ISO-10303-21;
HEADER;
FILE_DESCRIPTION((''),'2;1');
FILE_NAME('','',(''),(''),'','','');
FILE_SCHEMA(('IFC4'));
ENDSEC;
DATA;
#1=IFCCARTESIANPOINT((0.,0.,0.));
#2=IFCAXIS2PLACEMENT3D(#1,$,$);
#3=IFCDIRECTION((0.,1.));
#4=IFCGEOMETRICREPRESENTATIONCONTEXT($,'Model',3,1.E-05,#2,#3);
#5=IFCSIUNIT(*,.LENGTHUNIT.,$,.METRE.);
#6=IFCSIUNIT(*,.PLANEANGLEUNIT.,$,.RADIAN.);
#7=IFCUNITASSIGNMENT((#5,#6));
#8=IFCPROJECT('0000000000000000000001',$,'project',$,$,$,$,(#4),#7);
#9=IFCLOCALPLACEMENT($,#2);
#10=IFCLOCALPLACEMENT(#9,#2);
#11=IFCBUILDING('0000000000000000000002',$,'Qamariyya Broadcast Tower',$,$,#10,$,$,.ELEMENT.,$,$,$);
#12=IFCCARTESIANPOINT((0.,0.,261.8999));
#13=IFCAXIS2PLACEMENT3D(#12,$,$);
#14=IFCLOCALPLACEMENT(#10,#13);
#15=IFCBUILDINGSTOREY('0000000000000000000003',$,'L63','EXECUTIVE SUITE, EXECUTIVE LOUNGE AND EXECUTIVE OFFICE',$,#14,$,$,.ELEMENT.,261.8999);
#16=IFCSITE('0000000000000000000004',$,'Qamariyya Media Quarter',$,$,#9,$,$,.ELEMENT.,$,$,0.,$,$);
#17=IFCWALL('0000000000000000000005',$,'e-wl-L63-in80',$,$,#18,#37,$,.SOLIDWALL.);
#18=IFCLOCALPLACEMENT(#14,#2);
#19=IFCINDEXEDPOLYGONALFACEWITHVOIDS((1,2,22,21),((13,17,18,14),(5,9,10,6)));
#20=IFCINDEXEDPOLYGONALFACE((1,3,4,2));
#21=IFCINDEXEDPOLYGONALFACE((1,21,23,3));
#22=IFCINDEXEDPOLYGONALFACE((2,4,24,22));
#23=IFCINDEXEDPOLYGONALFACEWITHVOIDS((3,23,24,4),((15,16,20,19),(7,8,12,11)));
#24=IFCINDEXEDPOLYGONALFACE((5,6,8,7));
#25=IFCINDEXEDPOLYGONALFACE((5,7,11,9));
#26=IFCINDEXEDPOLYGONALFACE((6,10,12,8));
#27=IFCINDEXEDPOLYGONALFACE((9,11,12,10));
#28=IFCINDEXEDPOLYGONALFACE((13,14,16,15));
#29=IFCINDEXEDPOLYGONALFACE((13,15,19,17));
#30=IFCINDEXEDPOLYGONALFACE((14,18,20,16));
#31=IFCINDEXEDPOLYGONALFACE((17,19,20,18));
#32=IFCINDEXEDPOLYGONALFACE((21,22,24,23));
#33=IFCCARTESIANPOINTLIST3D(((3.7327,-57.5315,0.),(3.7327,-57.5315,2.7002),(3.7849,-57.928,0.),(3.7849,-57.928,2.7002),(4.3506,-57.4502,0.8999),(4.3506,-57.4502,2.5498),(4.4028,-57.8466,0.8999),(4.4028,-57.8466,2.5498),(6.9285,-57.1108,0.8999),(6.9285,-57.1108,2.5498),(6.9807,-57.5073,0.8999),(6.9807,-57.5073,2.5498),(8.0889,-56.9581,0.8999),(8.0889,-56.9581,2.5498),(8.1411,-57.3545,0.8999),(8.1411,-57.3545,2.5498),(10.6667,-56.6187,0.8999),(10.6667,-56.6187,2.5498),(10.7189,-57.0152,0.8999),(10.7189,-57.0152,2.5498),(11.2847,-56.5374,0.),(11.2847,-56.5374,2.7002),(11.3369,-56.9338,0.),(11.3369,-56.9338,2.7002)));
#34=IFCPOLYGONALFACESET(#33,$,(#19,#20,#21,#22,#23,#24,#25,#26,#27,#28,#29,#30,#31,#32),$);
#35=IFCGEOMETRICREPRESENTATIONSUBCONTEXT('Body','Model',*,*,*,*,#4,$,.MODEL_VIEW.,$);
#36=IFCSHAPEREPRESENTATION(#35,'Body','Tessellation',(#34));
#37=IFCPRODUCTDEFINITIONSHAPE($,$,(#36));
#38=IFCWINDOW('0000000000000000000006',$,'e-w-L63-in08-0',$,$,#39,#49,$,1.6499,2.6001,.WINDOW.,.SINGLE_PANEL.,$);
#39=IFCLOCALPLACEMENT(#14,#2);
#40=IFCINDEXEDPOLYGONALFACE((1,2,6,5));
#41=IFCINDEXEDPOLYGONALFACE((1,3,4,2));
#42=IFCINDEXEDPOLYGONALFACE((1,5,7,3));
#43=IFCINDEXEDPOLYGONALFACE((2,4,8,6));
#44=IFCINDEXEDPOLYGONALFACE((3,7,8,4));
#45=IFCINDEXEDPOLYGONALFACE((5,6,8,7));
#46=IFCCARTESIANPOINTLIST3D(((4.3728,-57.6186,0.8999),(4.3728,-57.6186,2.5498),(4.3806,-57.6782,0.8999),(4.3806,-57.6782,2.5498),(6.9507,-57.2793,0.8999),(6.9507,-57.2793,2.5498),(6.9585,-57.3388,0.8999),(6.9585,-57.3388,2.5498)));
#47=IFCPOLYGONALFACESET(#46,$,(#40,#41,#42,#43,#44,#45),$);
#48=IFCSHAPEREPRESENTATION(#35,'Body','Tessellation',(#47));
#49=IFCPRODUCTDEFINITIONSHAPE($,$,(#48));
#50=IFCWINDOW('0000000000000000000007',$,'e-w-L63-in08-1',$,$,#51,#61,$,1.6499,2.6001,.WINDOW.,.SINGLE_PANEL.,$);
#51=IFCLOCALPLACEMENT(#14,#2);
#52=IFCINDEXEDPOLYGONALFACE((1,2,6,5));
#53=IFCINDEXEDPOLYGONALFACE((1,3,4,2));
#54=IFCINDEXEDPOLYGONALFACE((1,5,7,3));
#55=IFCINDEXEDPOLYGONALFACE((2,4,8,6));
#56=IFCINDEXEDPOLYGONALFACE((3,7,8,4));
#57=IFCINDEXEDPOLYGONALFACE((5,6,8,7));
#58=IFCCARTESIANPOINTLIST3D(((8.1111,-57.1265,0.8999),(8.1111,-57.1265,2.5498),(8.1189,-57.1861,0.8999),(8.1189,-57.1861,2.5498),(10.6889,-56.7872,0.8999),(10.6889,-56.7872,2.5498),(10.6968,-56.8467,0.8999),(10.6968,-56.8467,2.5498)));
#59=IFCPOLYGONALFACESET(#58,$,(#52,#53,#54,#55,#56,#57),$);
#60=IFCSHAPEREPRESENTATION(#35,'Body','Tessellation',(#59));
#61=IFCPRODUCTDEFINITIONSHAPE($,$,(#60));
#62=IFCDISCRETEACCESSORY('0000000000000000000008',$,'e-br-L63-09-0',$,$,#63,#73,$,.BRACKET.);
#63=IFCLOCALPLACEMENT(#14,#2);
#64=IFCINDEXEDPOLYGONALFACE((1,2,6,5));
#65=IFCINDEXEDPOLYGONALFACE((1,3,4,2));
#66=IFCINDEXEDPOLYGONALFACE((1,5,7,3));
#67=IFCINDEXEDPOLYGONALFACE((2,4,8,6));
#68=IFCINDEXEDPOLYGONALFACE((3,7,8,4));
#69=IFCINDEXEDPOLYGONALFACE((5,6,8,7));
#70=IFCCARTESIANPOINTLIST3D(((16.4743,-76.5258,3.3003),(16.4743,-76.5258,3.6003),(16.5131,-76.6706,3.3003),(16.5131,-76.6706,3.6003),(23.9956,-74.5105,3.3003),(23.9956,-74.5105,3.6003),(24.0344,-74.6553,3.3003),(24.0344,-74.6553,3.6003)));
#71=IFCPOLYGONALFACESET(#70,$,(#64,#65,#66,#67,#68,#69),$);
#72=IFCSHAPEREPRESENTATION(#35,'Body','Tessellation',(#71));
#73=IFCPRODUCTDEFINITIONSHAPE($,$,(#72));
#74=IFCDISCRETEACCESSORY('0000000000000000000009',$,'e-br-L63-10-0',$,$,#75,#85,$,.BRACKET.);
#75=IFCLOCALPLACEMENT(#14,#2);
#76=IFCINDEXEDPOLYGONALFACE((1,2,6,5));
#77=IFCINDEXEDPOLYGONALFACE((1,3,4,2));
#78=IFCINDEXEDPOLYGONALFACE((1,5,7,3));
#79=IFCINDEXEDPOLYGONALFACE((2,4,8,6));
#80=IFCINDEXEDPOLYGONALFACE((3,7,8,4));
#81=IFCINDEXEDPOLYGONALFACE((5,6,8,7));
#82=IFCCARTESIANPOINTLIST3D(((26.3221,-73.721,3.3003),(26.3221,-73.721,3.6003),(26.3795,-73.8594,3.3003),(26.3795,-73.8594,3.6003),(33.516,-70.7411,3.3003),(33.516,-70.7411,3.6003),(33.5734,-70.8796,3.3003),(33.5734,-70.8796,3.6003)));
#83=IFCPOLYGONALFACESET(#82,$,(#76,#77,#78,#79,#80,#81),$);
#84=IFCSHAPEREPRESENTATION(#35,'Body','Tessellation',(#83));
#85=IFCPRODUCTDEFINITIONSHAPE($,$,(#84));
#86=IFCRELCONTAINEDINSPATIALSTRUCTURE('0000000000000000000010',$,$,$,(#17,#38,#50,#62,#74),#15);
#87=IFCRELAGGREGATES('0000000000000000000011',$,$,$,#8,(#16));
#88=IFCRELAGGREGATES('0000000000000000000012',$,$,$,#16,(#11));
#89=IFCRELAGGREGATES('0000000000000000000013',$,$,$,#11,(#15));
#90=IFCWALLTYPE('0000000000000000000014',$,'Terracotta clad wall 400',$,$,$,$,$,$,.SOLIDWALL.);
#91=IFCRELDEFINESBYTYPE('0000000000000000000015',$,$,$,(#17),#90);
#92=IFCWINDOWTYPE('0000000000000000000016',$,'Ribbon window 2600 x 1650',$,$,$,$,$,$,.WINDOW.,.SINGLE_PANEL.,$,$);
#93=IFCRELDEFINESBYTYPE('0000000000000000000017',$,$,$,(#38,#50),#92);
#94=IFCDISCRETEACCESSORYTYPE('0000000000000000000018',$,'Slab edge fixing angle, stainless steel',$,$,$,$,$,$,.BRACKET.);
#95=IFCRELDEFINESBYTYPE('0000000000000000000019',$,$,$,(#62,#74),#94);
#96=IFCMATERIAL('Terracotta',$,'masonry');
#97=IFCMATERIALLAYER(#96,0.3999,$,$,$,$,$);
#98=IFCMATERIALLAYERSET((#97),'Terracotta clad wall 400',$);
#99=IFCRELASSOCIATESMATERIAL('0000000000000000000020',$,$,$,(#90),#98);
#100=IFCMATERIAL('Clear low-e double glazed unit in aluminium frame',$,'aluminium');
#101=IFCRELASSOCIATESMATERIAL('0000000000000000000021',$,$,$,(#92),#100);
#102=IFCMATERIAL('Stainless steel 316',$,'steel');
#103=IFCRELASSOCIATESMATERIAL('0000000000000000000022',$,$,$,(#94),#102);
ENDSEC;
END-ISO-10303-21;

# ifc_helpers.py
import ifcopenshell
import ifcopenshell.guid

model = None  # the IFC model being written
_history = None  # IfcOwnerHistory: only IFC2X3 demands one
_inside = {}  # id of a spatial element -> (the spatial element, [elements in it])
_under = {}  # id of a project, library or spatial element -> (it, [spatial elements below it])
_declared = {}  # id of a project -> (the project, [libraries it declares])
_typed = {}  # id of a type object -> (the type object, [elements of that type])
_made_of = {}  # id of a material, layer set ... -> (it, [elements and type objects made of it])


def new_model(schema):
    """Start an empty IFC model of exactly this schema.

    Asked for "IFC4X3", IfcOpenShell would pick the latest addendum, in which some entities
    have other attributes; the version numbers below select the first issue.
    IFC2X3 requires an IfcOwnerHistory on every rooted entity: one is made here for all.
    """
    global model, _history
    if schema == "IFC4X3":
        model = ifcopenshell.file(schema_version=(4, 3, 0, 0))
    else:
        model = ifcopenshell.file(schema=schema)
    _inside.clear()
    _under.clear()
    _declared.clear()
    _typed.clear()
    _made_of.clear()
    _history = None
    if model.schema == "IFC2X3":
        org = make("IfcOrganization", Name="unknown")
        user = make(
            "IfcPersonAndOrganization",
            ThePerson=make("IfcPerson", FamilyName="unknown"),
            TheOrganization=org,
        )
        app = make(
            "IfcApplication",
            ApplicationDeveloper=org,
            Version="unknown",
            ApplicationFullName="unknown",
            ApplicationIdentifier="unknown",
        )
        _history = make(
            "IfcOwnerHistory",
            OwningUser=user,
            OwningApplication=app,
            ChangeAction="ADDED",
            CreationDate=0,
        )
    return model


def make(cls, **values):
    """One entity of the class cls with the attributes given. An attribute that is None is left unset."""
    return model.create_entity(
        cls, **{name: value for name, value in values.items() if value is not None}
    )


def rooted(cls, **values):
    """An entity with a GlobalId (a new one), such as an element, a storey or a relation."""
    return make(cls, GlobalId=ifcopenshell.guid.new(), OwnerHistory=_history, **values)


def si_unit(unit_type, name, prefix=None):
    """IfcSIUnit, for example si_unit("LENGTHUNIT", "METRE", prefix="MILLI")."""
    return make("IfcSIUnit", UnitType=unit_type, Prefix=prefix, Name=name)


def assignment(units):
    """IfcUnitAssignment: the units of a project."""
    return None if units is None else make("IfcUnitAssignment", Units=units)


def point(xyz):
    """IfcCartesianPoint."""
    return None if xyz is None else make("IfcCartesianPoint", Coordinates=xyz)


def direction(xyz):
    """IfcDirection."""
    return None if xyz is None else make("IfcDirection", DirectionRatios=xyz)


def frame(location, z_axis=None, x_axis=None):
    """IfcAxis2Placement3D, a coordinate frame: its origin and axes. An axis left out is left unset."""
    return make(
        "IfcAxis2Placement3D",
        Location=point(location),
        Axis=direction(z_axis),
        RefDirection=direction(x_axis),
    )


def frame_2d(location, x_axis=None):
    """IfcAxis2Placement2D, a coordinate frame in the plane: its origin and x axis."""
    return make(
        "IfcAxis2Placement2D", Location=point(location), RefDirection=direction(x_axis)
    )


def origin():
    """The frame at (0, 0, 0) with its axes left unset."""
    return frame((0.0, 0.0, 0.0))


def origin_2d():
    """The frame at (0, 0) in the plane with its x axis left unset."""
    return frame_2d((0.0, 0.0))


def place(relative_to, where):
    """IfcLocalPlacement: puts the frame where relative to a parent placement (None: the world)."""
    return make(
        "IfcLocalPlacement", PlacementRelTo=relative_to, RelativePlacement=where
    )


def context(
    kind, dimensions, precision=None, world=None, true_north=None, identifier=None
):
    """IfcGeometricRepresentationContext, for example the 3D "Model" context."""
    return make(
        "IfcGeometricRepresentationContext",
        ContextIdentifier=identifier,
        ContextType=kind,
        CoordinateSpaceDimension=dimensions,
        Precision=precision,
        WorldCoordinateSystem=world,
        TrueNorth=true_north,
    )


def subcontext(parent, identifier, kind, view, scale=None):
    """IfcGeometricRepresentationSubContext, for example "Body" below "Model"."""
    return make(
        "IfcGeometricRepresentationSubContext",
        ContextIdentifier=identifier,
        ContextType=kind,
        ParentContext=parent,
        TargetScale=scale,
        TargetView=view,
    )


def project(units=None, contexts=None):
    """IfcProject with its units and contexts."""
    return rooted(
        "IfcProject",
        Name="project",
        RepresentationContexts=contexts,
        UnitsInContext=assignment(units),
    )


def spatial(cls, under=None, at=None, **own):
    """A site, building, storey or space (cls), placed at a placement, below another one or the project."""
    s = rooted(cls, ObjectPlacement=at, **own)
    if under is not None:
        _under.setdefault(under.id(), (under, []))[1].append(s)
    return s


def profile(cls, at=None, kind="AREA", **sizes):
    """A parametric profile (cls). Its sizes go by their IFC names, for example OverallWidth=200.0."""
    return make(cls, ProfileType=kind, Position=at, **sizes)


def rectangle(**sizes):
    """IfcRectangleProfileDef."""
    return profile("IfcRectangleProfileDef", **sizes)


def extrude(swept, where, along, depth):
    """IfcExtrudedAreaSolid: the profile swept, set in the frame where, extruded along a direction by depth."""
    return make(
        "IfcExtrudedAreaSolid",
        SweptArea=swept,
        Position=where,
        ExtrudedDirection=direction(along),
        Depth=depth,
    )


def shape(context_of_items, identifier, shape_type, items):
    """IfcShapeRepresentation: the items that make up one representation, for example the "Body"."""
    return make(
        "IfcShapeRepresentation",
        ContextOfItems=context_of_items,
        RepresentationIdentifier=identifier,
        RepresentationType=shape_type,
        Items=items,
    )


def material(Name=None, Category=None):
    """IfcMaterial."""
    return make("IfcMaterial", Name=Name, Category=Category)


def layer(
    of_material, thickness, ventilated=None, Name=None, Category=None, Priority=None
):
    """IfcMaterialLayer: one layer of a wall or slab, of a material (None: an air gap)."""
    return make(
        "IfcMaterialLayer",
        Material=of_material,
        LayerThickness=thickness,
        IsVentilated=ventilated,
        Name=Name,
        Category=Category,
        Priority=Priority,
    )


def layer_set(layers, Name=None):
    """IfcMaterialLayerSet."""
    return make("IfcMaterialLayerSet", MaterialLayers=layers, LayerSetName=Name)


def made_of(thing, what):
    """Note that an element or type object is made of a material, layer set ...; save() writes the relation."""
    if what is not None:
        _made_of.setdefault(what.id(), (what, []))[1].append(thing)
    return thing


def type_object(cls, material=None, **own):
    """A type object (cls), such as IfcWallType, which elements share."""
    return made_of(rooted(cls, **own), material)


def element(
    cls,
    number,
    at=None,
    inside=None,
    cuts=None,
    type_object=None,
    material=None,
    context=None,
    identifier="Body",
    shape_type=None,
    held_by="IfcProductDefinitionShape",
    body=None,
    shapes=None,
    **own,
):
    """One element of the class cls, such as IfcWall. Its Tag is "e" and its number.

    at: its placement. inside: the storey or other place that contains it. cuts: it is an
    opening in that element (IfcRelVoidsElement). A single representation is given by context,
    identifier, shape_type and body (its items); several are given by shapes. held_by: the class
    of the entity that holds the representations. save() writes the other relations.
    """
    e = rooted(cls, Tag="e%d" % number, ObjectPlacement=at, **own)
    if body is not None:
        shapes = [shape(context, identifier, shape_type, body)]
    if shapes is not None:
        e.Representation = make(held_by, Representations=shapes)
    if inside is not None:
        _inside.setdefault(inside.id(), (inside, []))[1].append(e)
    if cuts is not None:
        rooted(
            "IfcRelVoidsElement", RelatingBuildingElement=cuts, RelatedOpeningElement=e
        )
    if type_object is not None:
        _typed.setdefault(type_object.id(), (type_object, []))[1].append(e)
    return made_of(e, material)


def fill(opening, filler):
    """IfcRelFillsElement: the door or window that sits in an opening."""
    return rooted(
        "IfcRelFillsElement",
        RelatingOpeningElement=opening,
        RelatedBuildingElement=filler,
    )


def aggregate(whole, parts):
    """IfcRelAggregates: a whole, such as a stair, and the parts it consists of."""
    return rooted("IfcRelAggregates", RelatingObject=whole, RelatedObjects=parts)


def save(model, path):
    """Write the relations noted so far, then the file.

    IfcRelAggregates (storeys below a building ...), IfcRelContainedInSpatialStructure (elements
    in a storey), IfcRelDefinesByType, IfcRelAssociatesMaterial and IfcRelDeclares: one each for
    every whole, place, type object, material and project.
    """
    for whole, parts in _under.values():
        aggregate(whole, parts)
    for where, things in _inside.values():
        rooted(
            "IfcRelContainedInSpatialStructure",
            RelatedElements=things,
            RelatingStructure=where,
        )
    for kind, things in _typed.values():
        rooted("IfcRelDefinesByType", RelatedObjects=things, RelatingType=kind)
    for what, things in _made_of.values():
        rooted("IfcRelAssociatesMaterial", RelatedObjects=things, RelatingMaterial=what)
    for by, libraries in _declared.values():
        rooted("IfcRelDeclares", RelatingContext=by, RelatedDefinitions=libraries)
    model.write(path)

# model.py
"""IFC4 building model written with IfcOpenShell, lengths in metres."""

from ifc_helpers import new_model, si_unit, direction, frame, frame_2d, origin, origin_2d, place, context, subcontext, project, spatial, rectangle, extrude, material, layer, layer_set, type_object, element, fill, save


model = new_model("IFC4")

# Units and contexts
model_context = context("Model", 3, precision=1e-05, world=origin(), true_north=direction((0.0, 1.0)))
body_context = subcontext(model_context, "Body", "Model", "MODEL_VIEW")
ifc_project = project(units=[si_unit("LENGTHUNIT", "METRE"), si_unit("PLANEANGLEUNIT", "RADIAN")], contexts=[model_context])

# Site, building, storey
site_placement = place(None, origin())
site = spatial("IfcSite", under=ifc_project, at=site_placement, Name="Qamariyya Media Quarter", CompositionType="ELEMENT", RefElevation=0.0)
building_placement = place(site_placement, origin())
building = spatial("IfcBuilding", under=site, at=building_placement, Name="Qamariyya Broadcast Tower", CompositionType="ELEMENT")
storey_placement = place(building_placement, frame((0.0, 0.0, 261.8999)))
storey = spatial("IfcBuildingStorey", under=building, at=storey_placement, Name="L63", Description="EXECUTIVE SUITE, EXECUTIVE LOUNGE AND EXECUTIVE OFFICE", CompositionType="ELEMENT", Elevation=261.8999)

# Wall, openings, windows
ifc_material_1 = material(Name="Terracotta", Category="masonry")
ifc_layer_1 = layer(ifc_material_1, 0.3999)
ifc_layer_set_1 = layer_set([ifc_layer_1], Name="Terracotta clad wall 400")
wall_type_1 = type_object("IfcWallType", Name="Terracotta clad wall 400", PredefinedType="SOLIDWALL", material=ifc_layer_set_1)
wall_1_placement = place(storey_placement, frame((11.3108, -56.7356, 0.0), z_axis=(0.0, 0.0, 1.0), x_axis=(-0.991447, -0.130513, 0.0)))
wall_1 = element("IfcWall", 1, at=wall_1_placement, inside=storey, type_object=wall_type_1, Name="e-wl-L63-in80", PredefinedType="SOLIDWALL", context=body_context, shape_type="SweptSolid", body=[
    extrude(rectangle(XDim=7.6172, YDim=0.3999, at=frame_2d((3.8086, 0.0))), origin(), (0.0, 0.0, 1.0), 2.7002),
])
opening_1_placement = place(wall_1_placement, frame((4.3938, 0.0, 0.8999)))
opening_1 = element("IfcOpeningElement", 2, at=opening_1_placement, cuts=wall_1, PredefinedType="OPENING", context=body_context, shape_type="SweptSolid", body=[
    extrude(rectangle(XDim=2.6001, YDim=1.6499, at=frame_2d((1.3, 0.825))), frame((0.0, 0.21, 0.0), z_axis=(0.0, -1.0, 0.0), x_axis=(1.0, 0.0, 0.0)), (0.0, 0.0, 1.0), 0.4199),
])
opening_2_placement = place(wall_1_placement, frame((0.6233, 0.0, 0.8999)))
opening_2 = element("IfcOpeningElement", 3, at=opening_2_placement, cuts=wall_1, PredefinedType="OPENING", context=body_context, shape_type="SweptSolid", body=[
    extrude(rectangle(XDim=2.6001, YDim=1.6499, at=frame_2d((1.3, 0.825))), frame((0.0, 0.21, 0.0), z_axis=(0.0, -1.0, 0.0), x_axis=(1.0, 0.0, 0.0)), (0.0, 0.0, 1.0), 0.4199),
])
ifc_material_2 = material(Name="Clear low-e double glazed unit in aluminium frame", Category="aluminium")
window_type = type_object("IfcWindowType", Name="Ribbon window 2600 x 1650", PartitioningType="SINGLE_PANEL", PredefinedType="WINDOW", material=ifc_material_2)
window_1_placement = place(opening_1_placement, origin())
window_1 = element("IfcWindow", 4, at=window_1_placement, inside=storey, type_object=window_type, Name="e-w-L63-in08-0", OverallHeight=1.6499, OverallWidth=2.6001, PartitioningType="SINGLE_PANEL", PredefinedType="WINDOW", context=body_context, shape_type="SweptSolid", body=[
    extrude(rectangle(XDim=2.6001, YDim=1.6499, at=frame_2d((1.3, 0.825))), frame((0.0, 0.03, 0.0), z_axis=(0.0, -1.0, 0.0), x_axis=(1.0, 0.0, 0.0)), (0.0, 0.0, 1.0), 0.0601),
])
fill(opening_1, window_1)
window_2_placement = place(opening_2_placement, origin())
window_2 = element("IfcWindow", 5, at=window_2_placement, inside=storey, type_object=window_type, Name="e-w-L63-in08-1", OverallHeight=1.6499, OverallWidth=2.6001, PartitioningType="SINGLE_PANEL", PredefinedType="WINDOW", context=body_context, shape_type="SweptSolid", body=[
    extrude(rectangle(XDim=2.6001, YDim=1.6499, at=frame_2d((1.3, 0.825))), frame((0.0, 0.03, 0.0), z_axis=(0.0, -1.0, 0.0), x_axis=(1.0, 0.0, 0.0)), (0.0, 0.0, 1.0), 0.0601),
])
fill(opening_2, window_2)

# Discrete accessories
ifc_material_3 = material(Name="Stainless steel 316", Category="steel")
discrete_accessory_type = type_object("IfcDiscreteAccessoryType", Name="Slab edge fixing angle, stainless steel", PredefinedType="BRACKET", material=ifc_material_3)
for number, where, z_axis, x_axis, name in (
    (6, (20.2544, -75.5906, 3.3003), (0.0, 0.0, 1.0), (0.965926, 0.258819, 0.0), "e-br-L63-09-0"),
    (7, (29.9478, -72.3003, 3.3003), (0.0, 0.0, 1.0), (0.92388, 0.382683, 0.0), "e-br-L63-10-0"),
):
    element("IfcDiscreteAccessory", number, at=place(storey_placement, frame(where, z_axis=z_axis, x_axis=x_axis)), inside=storey, type_object=discrete_accessory_type, Name=name, PredefinedType="BRACKET", context=body_context, shape_type="SweptSolid", body=[
        extrude(rectangle(XDim=7.7866, YDim=0.1499, at=origin_2d()), origin(), (0.0, 0.0, 1.0), 0.3),
    ])

save(model, "model.ifc")
